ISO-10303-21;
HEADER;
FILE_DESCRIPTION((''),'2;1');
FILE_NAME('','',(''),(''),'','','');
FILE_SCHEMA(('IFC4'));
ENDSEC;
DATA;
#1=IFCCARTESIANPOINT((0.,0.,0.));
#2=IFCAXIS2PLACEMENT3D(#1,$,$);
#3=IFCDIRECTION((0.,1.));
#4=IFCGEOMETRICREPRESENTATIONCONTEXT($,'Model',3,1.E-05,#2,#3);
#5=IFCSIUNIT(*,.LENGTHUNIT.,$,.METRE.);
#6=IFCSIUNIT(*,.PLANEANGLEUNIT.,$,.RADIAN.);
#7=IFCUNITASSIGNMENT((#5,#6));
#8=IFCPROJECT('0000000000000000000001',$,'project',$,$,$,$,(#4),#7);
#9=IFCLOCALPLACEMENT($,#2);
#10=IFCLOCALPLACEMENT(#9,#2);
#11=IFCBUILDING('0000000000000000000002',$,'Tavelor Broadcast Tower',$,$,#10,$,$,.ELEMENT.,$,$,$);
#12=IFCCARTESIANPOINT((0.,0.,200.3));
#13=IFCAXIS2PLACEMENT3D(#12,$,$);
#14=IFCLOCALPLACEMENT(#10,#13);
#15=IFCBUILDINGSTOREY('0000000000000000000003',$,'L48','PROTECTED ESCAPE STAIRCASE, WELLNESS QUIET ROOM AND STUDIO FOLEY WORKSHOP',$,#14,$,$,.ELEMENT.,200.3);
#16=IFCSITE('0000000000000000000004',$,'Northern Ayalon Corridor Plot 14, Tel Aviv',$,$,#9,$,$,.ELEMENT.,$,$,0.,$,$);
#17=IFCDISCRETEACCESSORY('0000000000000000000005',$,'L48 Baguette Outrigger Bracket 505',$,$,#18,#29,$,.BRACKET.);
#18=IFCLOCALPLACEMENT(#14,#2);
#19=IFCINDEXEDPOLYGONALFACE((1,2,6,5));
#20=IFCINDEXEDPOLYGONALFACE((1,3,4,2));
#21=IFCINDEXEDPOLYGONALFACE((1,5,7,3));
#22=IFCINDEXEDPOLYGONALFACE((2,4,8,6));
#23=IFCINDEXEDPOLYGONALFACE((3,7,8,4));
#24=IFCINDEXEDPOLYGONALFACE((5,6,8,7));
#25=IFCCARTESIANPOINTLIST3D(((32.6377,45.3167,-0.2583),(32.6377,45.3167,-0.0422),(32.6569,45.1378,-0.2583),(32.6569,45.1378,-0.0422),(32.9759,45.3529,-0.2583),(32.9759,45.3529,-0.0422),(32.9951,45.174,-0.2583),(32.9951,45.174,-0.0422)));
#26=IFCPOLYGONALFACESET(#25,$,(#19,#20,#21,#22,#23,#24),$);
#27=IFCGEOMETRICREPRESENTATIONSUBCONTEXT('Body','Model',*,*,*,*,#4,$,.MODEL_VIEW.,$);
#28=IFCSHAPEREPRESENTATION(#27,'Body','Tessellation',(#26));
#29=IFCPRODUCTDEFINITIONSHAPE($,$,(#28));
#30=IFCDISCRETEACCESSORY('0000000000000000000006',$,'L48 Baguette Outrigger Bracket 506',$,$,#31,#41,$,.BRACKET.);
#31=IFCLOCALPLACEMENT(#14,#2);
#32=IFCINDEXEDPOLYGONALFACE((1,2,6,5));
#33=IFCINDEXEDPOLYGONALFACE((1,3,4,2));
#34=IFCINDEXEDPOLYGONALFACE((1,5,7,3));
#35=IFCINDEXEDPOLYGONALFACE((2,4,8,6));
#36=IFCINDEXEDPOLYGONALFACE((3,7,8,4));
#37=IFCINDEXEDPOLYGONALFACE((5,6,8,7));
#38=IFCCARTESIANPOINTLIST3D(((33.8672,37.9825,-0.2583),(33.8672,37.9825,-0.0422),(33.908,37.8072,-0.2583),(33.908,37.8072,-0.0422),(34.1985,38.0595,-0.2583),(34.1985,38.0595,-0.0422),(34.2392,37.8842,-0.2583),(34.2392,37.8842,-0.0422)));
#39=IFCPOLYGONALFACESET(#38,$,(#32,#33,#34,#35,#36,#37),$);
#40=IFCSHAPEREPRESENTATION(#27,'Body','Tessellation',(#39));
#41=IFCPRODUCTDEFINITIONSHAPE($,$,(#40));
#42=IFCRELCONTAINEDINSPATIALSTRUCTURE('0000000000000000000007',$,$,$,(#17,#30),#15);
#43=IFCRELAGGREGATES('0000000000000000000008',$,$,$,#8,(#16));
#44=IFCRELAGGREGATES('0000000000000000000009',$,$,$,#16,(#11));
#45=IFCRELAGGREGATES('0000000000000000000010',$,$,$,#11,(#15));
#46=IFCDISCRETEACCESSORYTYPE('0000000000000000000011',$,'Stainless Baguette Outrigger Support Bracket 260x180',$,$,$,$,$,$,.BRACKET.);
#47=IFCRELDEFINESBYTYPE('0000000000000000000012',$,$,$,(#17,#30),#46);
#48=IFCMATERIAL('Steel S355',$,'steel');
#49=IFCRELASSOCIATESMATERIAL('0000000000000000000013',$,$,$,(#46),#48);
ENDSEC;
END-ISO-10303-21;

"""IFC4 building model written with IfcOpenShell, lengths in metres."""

from ifc_helpers import new_model, si_unit, direction, frame, origin, origin_2d, place, context, subcontext, project, spatial, rectangle, extrude, source, transform, mapped, material, type_object, type_shapes, element, save


model = new_model("IFC4")

# Units and contexts
model_context = context("Model", 3, precision=1e-05, world=origin(), true_north=direction((0.0, 1.0)))
body_context = subcontext(model_context, "Body", "Model", "MODEL_VIEW")
ifc_project = project(units=[si_unit("LENGTHUNIT", "METRE"), si_unit("PLANEANGLEUNIT", "RADIAN")], contexts=[model_context])

# Site, building, storey
site_placement = place(None, origin())
site = spatial("IfcSite", under=ifc_project, at=site_placement, Name="Northern Ayalon Corridor Plot 14, Tel Aviv", CompositionType="ELEMENT", RefElevation=0.0)
building_placement = place(site_placement, origin())
building = spatial("IfcBuilding", under=site, at=building_placement, Name="Tavelor Broadcast Tower", CompositionType="ELEMENT")
storey_placement = place(building_placement, frame((0.0, 0.0, 200.3)))
storey = spatial("IfcBuildingStorey", under=building, at=storey_placement, Name="L48", Description="PROTECTED ESCAPE STAIRCASE, WELLNESS QUIET ROOM AND STUDIO FOLEY WORKSHOP", CompositionType="ELEMENT", Elevation=200.3)

# Shared definitions
ifc_material_1 = material(Name="Steel S355", Category="steel")

# Discrete accessories
discrete_accessory_type = type_object("IfcDiscreteAccessoryType", Name="Stainless Baguette Outrigger Support Bracket 260x180", PredefinedType="BRACKET", material=ifc_material_1)
shared_shape_1 = source(origin(), body_context, "Body", "SweptSolid", [
    extrude(rectangle(XDim=0.1799, YDim=0.3401, at=origin_2d()), origin(), (0.0, 0.0, 1.0), 0.2161),
])
type_shapes(discrete_accessory_type, [shared_shape_1])
for number, where, z_axis, x_axis, name in (
    (1, (32.8164, 45.2454, -0.2583), (0.0, 0.0, 1.0), (0.106611, -0.994301, 0.0), "L48 Baguette Outrigger Bracket 505"),
    (2, (34.0532, 37.9333, -0.2583), (0.0, 0.0, 1.0), (0.226311, -0.974055, 0.0), "L48 Baguette Outrigger Bracket 506"),
):
    element("IfcDiscreteAccessory", number, at=place(storey_placement, frame(where, z_axis=z_axis, x_axis=x_axis)), inside=storey, type_object=discrete_accessory_type, Name=name, PredefinedType="BRACKET", context=body_context, shape_type="MappedRepresentation", body=[
        mapped(shared_shape_1, transform((0.0, 0.0, 0.0), scale=1.0)),
    ])

save(model, "model.ifc")
